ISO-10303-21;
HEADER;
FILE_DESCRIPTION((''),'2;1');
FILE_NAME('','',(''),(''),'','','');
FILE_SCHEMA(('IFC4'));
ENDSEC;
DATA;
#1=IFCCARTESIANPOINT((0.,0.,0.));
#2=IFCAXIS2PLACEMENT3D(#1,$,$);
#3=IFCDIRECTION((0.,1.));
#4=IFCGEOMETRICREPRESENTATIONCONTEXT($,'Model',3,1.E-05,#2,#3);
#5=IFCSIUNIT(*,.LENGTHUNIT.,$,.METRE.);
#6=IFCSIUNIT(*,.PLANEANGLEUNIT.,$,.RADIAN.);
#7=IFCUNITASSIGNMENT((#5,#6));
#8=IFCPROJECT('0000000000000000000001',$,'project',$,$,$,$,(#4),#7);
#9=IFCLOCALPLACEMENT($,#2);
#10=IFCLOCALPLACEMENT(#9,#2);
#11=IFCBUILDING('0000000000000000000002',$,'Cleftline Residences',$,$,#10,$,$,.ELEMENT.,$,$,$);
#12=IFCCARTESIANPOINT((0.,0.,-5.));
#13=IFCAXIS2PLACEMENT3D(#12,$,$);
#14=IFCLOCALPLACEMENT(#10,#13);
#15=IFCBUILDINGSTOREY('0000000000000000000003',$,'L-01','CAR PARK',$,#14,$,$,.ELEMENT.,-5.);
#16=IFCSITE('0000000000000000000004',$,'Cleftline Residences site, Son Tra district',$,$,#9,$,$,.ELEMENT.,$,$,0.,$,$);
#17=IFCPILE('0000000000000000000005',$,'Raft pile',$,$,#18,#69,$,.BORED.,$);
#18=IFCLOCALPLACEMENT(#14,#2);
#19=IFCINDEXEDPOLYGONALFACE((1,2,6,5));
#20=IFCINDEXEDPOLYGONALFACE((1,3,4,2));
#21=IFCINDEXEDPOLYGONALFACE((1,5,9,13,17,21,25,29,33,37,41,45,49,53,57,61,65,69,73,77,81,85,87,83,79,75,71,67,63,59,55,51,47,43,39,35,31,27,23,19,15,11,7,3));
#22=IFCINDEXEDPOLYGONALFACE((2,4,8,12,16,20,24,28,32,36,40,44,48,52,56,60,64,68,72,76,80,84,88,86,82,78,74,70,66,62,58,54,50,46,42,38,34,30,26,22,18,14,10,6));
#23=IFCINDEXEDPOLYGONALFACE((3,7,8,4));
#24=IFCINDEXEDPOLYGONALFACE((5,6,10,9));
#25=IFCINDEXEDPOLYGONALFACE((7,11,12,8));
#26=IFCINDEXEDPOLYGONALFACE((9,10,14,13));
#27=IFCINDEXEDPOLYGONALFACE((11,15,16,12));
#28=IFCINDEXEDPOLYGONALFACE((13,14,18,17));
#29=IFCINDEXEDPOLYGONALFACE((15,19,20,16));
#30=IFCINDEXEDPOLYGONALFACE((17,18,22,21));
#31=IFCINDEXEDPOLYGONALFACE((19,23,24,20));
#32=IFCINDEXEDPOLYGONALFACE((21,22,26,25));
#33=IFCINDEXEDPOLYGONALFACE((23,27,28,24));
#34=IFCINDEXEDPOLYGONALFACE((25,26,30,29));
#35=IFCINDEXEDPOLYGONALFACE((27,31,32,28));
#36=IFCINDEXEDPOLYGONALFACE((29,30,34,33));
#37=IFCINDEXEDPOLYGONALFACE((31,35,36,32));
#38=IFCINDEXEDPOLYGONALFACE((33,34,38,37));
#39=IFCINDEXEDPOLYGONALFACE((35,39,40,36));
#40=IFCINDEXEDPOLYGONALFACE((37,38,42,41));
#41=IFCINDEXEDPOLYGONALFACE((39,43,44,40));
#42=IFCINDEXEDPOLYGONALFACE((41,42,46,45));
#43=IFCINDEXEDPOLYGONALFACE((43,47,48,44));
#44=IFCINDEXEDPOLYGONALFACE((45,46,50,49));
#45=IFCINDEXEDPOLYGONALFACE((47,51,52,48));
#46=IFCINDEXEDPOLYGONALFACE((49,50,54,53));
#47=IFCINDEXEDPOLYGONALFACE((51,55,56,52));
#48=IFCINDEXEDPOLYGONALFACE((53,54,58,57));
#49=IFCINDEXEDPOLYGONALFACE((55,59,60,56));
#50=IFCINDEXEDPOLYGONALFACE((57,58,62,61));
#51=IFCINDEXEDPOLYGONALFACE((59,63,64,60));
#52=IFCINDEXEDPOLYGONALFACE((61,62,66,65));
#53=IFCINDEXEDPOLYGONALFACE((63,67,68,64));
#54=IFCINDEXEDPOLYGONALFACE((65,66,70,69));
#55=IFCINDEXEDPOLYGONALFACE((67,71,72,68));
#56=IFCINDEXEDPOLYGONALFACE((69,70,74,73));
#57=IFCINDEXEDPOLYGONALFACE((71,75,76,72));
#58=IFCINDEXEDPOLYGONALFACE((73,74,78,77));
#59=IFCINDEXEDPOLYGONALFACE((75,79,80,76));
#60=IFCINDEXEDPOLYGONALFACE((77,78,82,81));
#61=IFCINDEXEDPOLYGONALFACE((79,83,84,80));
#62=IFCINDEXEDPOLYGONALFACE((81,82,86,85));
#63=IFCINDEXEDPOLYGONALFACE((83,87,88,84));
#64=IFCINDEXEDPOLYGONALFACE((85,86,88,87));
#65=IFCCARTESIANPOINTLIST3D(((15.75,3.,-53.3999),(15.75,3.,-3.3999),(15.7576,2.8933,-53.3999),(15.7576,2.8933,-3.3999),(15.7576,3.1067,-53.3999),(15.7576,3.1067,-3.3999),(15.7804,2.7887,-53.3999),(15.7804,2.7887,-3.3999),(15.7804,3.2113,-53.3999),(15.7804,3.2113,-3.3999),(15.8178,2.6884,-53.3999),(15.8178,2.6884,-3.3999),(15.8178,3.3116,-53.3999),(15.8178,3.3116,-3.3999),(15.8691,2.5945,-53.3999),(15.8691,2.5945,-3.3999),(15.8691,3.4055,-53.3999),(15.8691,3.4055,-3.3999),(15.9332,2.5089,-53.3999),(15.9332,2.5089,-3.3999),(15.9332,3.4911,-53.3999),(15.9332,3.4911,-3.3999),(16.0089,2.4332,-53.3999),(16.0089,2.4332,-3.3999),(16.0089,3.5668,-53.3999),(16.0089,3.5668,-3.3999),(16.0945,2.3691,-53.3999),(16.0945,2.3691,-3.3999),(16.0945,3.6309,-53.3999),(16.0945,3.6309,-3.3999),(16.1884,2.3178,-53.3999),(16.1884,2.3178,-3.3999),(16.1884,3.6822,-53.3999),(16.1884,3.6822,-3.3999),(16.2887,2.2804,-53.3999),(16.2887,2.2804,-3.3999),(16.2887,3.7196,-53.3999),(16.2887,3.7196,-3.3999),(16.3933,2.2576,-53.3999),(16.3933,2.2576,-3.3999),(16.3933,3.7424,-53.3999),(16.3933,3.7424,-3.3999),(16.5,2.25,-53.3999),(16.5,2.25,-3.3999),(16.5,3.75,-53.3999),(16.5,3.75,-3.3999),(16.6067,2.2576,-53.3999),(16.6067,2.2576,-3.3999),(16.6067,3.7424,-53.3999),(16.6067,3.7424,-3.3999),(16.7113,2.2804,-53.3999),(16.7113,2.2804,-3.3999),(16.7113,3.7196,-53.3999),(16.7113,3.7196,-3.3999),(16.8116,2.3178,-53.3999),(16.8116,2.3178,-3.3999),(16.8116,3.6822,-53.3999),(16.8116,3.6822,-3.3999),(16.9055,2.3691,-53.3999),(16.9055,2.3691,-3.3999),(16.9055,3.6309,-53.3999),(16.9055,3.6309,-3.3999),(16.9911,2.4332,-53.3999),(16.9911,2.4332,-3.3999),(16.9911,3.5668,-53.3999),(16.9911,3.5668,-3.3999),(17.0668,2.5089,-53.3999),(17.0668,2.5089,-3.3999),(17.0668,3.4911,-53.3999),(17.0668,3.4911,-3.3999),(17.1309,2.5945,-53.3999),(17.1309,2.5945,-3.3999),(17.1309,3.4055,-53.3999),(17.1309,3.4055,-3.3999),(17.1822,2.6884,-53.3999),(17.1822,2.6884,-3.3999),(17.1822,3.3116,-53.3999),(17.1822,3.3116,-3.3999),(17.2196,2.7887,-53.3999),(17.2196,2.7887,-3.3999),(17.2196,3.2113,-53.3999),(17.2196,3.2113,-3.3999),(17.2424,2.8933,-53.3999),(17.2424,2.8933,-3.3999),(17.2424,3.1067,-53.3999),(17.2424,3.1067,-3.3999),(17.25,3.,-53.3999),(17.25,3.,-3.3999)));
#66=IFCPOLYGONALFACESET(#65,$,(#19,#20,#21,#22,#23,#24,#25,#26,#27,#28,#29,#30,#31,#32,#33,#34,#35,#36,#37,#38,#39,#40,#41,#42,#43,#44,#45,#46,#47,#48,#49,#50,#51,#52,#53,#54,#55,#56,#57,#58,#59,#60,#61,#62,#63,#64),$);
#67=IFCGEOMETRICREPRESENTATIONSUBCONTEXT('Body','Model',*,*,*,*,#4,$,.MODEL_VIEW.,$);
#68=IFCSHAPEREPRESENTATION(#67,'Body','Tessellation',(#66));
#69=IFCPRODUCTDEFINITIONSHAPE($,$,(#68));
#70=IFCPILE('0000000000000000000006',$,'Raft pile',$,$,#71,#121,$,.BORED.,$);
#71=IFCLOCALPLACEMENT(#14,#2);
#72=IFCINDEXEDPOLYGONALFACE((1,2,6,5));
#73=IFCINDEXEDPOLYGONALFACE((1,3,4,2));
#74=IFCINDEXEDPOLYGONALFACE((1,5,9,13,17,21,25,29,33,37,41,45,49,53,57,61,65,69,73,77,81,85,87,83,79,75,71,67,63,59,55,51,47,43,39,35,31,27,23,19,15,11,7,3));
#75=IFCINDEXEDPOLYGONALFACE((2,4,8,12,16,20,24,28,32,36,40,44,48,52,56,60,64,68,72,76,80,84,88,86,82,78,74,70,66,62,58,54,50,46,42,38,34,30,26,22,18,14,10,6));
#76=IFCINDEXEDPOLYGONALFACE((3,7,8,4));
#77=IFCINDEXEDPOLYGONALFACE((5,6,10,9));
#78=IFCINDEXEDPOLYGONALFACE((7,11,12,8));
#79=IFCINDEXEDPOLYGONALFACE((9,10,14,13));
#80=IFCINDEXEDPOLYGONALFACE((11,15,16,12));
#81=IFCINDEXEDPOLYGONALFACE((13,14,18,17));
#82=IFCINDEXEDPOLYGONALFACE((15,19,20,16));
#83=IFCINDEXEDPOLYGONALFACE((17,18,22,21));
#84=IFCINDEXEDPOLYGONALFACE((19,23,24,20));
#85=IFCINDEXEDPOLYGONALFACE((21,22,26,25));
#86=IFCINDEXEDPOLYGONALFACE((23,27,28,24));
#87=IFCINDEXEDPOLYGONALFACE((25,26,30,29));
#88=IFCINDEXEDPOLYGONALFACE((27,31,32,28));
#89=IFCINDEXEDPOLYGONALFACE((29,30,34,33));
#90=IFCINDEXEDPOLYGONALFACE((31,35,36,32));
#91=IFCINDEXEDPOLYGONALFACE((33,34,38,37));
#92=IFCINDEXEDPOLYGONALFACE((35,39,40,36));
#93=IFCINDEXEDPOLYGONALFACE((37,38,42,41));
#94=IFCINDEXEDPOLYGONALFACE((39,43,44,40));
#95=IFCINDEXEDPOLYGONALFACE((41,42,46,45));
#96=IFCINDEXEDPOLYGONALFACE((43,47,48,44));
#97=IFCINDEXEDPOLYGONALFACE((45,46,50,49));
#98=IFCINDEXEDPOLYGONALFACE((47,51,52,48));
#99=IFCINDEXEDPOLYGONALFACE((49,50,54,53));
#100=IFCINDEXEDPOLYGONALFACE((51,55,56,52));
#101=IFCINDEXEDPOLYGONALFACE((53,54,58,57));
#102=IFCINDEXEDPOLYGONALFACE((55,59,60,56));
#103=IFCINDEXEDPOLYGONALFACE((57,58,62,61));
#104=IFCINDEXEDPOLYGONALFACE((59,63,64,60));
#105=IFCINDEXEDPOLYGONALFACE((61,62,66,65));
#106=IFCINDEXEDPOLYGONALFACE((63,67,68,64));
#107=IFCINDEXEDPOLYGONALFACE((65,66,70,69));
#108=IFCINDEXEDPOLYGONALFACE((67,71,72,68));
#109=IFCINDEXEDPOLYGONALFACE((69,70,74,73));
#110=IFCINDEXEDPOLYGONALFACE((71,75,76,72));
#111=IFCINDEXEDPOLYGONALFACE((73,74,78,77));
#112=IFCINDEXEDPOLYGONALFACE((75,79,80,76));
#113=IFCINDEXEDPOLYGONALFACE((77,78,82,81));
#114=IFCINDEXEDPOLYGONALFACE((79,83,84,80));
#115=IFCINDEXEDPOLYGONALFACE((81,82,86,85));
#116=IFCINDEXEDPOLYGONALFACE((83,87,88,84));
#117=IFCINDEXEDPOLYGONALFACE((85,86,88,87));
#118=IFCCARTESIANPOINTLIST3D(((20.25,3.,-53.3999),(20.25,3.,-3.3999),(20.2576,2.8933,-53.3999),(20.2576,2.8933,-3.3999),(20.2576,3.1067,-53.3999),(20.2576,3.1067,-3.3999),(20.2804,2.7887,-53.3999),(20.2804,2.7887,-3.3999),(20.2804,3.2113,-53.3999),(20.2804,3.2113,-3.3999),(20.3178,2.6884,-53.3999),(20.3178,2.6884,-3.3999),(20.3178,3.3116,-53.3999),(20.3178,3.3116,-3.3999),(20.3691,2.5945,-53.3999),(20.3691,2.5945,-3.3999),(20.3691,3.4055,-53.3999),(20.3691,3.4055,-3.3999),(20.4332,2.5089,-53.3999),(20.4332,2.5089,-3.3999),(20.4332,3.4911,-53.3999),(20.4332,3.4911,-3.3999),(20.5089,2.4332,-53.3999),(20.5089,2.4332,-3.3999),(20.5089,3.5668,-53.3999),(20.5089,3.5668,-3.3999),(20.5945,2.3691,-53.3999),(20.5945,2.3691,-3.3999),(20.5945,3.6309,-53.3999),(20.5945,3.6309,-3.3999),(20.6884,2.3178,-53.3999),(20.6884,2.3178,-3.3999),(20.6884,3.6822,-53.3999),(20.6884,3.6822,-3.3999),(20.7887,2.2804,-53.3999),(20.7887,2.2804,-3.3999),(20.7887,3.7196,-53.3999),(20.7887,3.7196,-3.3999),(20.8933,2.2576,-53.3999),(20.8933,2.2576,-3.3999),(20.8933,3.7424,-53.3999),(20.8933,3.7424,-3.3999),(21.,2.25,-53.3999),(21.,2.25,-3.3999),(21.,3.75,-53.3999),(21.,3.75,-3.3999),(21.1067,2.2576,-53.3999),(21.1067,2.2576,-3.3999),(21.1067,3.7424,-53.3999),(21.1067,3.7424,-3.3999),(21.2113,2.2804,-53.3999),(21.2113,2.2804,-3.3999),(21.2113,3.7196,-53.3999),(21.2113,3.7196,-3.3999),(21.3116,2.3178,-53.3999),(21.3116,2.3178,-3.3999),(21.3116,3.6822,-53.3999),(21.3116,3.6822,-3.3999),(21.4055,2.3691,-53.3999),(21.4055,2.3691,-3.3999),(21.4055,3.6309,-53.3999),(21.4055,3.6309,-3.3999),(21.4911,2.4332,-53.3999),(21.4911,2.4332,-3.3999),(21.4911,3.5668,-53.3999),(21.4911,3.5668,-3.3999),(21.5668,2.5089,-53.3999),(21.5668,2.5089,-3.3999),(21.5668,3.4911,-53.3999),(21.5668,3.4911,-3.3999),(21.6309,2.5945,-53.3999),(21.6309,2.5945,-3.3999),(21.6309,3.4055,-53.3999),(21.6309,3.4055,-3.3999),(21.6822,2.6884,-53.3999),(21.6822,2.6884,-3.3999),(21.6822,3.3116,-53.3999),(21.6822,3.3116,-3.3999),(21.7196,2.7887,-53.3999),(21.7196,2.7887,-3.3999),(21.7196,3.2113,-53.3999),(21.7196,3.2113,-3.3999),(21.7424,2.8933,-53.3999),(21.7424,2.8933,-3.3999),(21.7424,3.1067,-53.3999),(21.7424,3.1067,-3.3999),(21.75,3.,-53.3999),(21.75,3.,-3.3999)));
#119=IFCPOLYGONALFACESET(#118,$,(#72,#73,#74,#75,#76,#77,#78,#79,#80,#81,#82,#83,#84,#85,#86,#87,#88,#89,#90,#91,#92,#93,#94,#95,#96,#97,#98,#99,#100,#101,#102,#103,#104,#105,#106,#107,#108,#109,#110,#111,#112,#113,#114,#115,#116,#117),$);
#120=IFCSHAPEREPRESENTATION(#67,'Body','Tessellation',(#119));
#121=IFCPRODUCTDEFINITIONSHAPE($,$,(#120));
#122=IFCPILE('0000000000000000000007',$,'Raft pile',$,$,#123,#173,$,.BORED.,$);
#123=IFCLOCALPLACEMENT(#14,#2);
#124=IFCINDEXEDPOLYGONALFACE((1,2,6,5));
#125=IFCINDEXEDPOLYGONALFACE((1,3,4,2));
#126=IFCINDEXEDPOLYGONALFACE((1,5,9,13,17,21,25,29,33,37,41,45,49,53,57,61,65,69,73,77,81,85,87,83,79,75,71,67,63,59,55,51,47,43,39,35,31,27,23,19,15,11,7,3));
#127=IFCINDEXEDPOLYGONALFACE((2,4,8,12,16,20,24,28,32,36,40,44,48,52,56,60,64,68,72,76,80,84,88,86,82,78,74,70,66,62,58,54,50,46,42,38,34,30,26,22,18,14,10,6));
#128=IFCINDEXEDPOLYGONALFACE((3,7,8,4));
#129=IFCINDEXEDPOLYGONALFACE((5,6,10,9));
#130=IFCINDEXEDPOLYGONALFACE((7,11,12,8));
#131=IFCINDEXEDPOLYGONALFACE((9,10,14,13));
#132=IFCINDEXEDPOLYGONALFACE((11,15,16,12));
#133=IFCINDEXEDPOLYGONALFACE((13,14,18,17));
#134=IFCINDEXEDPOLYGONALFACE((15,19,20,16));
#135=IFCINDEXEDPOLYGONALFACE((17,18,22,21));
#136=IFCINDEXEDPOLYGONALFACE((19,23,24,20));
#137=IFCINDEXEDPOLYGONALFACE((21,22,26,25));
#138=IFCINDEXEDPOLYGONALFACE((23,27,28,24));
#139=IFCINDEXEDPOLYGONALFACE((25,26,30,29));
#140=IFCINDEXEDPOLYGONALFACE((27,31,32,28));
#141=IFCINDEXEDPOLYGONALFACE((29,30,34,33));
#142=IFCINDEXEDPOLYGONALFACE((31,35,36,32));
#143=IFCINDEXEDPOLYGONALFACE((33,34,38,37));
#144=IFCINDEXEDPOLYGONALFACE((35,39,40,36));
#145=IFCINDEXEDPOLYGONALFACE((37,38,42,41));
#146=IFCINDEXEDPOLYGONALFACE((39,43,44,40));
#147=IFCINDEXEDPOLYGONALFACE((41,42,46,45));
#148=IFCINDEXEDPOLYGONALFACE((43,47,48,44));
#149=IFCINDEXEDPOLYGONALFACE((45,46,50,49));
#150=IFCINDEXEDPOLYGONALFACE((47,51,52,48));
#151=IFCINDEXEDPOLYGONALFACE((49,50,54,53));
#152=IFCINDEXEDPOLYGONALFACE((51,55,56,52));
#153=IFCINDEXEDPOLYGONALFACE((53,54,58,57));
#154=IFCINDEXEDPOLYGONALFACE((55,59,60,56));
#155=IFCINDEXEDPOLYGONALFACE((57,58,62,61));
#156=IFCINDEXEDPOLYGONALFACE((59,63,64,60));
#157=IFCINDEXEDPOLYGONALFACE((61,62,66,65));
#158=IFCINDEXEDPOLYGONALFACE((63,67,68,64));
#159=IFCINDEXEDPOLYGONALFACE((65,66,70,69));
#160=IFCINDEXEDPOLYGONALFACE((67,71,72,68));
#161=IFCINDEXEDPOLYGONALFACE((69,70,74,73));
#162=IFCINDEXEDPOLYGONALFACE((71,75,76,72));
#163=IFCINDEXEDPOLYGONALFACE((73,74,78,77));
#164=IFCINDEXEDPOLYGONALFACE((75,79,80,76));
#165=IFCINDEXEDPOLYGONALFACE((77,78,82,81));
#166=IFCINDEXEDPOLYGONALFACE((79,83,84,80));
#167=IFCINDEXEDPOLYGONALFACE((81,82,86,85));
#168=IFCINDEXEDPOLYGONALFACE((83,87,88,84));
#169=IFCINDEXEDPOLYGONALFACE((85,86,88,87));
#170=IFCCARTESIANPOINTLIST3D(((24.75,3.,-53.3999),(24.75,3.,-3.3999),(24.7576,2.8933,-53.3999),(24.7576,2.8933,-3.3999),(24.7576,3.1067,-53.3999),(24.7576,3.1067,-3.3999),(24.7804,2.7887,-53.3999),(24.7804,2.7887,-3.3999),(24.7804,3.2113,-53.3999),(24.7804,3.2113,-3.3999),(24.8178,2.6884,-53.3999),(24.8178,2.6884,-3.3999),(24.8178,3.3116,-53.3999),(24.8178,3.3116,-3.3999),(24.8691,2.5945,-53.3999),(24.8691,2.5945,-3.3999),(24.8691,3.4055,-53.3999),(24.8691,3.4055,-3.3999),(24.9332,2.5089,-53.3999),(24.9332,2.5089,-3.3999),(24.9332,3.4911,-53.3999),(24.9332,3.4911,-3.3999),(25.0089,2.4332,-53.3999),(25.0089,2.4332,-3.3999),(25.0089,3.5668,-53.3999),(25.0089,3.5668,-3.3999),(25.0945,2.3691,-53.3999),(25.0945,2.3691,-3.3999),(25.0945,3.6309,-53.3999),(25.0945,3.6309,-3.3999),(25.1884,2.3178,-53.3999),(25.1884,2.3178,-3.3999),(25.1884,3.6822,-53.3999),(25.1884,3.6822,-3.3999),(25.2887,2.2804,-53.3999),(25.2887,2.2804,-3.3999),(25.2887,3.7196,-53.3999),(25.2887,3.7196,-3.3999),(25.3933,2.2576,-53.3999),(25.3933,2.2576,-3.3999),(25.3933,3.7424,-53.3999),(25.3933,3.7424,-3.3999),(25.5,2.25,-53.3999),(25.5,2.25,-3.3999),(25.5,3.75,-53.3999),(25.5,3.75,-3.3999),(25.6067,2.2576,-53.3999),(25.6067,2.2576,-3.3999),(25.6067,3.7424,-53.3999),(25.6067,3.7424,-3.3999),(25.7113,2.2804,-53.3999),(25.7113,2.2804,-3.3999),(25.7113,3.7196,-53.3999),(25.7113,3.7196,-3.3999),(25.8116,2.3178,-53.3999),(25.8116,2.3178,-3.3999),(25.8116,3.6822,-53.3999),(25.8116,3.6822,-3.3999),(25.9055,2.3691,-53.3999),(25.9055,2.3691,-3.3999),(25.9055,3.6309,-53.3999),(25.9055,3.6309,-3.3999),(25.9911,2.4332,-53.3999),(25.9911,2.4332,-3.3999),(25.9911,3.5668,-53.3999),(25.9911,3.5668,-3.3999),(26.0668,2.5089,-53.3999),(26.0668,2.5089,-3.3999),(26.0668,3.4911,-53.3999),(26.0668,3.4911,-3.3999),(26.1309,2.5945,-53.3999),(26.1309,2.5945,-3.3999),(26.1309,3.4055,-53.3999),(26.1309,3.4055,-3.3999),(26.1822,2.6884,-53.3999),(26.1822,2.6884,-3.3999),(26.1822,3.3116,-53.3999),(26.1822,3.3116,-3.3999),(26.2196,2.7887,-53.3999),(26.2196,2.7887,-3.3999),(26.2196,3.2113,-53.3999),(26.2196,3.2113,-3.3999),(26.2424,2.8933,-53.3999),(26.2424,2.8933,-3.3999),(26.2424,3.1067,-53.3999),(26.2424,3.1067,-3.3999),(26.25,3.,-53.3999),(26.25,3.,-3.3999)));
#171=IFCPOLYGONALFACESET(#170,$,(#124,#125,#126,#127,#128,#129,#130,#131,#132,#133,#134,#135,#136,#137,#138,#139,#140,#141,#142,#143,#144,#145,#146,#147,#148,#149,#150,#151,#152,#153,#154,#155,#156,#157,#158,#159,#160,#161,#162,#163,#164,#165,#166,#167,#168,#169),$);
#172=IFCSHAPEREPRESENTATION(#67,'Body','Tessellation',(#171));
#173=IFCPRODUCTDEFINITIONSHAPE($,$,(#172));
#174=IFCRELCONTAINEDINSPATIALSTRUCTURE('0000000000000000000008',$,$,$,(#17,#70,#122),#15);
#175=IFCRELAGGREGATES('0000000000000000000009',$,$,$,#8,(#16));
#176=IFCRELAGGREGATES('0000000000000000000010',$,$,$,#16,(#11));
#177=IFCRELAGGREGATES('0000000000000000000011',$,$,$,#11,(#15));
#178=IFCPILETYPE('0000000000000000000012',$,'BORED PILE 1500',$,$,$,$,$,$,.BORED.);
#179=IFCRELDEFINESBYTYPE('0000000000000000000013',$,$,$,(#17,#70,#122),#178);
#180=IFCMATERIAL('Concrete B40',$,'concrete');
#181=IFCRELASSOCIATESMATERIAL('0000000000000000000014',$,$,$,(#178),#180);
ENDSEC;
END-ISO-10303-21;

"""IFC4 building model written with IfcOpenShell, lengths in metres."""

from ifc_helpers import new_model, si_unit, direction, frame, origin, origin_2d, place, context, subcontext, project, spatial, circle, extrude, material, material_profile, profile_set, type_object, element, save


model = new_model("IFC4")

# Units and contexts
model_context = context("Model", 3, precision=1e-05, world=origin(), true_north=direction((0.0, 1.0)))
body_context = subcontext(model_context, "Body", "Model", "MODEL_VIEW")
ifc_project = project(units=[si_unit("LENGTHUNIT", "METRE"), si_unit("PLANEANGLEUNIT", "RADIAN")], contexts=[model_context])

# Site, building, storey
site_placement = place(None, origin())
site = spatial("IfcSite", under=ifc_project, at=site_placement, Name="Cleftline Residences site, Son Tra district", CompositionType="ELEMENT", RefElevation=0.0)
building_placement = place(site_placement, origin())
building = spatial("IfcBuilding", under=site, at=building_placement, Name="Cleftline Residences", CompositionType="ELEMENT")
storey_placement = place(building_placement, frame((0.0, 0.0, -5.0)))
storey = spatial("IfcBuildingStorey", under=building, at=storey_placement, Name="L-01", Description="CAR PARK", CompositionType="ELEMENT", Elevation=-5.0)

# Piles
ifc_material_1 = material(Name="Concrete B40", Category="concrete")
ifc_material_profile_1 = material_profile(ifc_material_1, circle(Radius=0.75, at=origin_2d()))
ifc_profile_set_1 = profile_set([ifc_material_profile_1], Name="Concrete B40")
pile_type = type_object("IfcPileType", Name="BORED PILE 1500", PredefinedType="BORED", material=ifc_profile_set_1)
for number, where, z_axis, x_axis, name in (
    (1, (16.5, 3.0, -3.3999), (0.0, 0.0, -1.0), (1.0, 0.0, 0.0), "Raft pile"),
    (2, (21.0, 3.0, -3.3999), (0.0, 0.0, -1.0), (1.0, 0.0, 0.0), "Raft pile"),
    (3, (25.5, 3.0, -3.3999), (0.0, 0.0, -1.0), (1.0, 0.0, 0.0), "Raft pile"),
):
    element("IfcPile", number, at=place(storey_placement, frame(where, z_axis=z_axis, x_axis=x_axis)), inside=storey, type_object=pile_type, Name=name, PredefinedType="BORED", context=body_context, shape_type="SweptSolid", body=[
        extrude(circle(Radius=0.75, at=origin_2d()), origin(), (0.0, 0.0, 1.0), 50.0),
    ])

save(model, "model.ifc")
